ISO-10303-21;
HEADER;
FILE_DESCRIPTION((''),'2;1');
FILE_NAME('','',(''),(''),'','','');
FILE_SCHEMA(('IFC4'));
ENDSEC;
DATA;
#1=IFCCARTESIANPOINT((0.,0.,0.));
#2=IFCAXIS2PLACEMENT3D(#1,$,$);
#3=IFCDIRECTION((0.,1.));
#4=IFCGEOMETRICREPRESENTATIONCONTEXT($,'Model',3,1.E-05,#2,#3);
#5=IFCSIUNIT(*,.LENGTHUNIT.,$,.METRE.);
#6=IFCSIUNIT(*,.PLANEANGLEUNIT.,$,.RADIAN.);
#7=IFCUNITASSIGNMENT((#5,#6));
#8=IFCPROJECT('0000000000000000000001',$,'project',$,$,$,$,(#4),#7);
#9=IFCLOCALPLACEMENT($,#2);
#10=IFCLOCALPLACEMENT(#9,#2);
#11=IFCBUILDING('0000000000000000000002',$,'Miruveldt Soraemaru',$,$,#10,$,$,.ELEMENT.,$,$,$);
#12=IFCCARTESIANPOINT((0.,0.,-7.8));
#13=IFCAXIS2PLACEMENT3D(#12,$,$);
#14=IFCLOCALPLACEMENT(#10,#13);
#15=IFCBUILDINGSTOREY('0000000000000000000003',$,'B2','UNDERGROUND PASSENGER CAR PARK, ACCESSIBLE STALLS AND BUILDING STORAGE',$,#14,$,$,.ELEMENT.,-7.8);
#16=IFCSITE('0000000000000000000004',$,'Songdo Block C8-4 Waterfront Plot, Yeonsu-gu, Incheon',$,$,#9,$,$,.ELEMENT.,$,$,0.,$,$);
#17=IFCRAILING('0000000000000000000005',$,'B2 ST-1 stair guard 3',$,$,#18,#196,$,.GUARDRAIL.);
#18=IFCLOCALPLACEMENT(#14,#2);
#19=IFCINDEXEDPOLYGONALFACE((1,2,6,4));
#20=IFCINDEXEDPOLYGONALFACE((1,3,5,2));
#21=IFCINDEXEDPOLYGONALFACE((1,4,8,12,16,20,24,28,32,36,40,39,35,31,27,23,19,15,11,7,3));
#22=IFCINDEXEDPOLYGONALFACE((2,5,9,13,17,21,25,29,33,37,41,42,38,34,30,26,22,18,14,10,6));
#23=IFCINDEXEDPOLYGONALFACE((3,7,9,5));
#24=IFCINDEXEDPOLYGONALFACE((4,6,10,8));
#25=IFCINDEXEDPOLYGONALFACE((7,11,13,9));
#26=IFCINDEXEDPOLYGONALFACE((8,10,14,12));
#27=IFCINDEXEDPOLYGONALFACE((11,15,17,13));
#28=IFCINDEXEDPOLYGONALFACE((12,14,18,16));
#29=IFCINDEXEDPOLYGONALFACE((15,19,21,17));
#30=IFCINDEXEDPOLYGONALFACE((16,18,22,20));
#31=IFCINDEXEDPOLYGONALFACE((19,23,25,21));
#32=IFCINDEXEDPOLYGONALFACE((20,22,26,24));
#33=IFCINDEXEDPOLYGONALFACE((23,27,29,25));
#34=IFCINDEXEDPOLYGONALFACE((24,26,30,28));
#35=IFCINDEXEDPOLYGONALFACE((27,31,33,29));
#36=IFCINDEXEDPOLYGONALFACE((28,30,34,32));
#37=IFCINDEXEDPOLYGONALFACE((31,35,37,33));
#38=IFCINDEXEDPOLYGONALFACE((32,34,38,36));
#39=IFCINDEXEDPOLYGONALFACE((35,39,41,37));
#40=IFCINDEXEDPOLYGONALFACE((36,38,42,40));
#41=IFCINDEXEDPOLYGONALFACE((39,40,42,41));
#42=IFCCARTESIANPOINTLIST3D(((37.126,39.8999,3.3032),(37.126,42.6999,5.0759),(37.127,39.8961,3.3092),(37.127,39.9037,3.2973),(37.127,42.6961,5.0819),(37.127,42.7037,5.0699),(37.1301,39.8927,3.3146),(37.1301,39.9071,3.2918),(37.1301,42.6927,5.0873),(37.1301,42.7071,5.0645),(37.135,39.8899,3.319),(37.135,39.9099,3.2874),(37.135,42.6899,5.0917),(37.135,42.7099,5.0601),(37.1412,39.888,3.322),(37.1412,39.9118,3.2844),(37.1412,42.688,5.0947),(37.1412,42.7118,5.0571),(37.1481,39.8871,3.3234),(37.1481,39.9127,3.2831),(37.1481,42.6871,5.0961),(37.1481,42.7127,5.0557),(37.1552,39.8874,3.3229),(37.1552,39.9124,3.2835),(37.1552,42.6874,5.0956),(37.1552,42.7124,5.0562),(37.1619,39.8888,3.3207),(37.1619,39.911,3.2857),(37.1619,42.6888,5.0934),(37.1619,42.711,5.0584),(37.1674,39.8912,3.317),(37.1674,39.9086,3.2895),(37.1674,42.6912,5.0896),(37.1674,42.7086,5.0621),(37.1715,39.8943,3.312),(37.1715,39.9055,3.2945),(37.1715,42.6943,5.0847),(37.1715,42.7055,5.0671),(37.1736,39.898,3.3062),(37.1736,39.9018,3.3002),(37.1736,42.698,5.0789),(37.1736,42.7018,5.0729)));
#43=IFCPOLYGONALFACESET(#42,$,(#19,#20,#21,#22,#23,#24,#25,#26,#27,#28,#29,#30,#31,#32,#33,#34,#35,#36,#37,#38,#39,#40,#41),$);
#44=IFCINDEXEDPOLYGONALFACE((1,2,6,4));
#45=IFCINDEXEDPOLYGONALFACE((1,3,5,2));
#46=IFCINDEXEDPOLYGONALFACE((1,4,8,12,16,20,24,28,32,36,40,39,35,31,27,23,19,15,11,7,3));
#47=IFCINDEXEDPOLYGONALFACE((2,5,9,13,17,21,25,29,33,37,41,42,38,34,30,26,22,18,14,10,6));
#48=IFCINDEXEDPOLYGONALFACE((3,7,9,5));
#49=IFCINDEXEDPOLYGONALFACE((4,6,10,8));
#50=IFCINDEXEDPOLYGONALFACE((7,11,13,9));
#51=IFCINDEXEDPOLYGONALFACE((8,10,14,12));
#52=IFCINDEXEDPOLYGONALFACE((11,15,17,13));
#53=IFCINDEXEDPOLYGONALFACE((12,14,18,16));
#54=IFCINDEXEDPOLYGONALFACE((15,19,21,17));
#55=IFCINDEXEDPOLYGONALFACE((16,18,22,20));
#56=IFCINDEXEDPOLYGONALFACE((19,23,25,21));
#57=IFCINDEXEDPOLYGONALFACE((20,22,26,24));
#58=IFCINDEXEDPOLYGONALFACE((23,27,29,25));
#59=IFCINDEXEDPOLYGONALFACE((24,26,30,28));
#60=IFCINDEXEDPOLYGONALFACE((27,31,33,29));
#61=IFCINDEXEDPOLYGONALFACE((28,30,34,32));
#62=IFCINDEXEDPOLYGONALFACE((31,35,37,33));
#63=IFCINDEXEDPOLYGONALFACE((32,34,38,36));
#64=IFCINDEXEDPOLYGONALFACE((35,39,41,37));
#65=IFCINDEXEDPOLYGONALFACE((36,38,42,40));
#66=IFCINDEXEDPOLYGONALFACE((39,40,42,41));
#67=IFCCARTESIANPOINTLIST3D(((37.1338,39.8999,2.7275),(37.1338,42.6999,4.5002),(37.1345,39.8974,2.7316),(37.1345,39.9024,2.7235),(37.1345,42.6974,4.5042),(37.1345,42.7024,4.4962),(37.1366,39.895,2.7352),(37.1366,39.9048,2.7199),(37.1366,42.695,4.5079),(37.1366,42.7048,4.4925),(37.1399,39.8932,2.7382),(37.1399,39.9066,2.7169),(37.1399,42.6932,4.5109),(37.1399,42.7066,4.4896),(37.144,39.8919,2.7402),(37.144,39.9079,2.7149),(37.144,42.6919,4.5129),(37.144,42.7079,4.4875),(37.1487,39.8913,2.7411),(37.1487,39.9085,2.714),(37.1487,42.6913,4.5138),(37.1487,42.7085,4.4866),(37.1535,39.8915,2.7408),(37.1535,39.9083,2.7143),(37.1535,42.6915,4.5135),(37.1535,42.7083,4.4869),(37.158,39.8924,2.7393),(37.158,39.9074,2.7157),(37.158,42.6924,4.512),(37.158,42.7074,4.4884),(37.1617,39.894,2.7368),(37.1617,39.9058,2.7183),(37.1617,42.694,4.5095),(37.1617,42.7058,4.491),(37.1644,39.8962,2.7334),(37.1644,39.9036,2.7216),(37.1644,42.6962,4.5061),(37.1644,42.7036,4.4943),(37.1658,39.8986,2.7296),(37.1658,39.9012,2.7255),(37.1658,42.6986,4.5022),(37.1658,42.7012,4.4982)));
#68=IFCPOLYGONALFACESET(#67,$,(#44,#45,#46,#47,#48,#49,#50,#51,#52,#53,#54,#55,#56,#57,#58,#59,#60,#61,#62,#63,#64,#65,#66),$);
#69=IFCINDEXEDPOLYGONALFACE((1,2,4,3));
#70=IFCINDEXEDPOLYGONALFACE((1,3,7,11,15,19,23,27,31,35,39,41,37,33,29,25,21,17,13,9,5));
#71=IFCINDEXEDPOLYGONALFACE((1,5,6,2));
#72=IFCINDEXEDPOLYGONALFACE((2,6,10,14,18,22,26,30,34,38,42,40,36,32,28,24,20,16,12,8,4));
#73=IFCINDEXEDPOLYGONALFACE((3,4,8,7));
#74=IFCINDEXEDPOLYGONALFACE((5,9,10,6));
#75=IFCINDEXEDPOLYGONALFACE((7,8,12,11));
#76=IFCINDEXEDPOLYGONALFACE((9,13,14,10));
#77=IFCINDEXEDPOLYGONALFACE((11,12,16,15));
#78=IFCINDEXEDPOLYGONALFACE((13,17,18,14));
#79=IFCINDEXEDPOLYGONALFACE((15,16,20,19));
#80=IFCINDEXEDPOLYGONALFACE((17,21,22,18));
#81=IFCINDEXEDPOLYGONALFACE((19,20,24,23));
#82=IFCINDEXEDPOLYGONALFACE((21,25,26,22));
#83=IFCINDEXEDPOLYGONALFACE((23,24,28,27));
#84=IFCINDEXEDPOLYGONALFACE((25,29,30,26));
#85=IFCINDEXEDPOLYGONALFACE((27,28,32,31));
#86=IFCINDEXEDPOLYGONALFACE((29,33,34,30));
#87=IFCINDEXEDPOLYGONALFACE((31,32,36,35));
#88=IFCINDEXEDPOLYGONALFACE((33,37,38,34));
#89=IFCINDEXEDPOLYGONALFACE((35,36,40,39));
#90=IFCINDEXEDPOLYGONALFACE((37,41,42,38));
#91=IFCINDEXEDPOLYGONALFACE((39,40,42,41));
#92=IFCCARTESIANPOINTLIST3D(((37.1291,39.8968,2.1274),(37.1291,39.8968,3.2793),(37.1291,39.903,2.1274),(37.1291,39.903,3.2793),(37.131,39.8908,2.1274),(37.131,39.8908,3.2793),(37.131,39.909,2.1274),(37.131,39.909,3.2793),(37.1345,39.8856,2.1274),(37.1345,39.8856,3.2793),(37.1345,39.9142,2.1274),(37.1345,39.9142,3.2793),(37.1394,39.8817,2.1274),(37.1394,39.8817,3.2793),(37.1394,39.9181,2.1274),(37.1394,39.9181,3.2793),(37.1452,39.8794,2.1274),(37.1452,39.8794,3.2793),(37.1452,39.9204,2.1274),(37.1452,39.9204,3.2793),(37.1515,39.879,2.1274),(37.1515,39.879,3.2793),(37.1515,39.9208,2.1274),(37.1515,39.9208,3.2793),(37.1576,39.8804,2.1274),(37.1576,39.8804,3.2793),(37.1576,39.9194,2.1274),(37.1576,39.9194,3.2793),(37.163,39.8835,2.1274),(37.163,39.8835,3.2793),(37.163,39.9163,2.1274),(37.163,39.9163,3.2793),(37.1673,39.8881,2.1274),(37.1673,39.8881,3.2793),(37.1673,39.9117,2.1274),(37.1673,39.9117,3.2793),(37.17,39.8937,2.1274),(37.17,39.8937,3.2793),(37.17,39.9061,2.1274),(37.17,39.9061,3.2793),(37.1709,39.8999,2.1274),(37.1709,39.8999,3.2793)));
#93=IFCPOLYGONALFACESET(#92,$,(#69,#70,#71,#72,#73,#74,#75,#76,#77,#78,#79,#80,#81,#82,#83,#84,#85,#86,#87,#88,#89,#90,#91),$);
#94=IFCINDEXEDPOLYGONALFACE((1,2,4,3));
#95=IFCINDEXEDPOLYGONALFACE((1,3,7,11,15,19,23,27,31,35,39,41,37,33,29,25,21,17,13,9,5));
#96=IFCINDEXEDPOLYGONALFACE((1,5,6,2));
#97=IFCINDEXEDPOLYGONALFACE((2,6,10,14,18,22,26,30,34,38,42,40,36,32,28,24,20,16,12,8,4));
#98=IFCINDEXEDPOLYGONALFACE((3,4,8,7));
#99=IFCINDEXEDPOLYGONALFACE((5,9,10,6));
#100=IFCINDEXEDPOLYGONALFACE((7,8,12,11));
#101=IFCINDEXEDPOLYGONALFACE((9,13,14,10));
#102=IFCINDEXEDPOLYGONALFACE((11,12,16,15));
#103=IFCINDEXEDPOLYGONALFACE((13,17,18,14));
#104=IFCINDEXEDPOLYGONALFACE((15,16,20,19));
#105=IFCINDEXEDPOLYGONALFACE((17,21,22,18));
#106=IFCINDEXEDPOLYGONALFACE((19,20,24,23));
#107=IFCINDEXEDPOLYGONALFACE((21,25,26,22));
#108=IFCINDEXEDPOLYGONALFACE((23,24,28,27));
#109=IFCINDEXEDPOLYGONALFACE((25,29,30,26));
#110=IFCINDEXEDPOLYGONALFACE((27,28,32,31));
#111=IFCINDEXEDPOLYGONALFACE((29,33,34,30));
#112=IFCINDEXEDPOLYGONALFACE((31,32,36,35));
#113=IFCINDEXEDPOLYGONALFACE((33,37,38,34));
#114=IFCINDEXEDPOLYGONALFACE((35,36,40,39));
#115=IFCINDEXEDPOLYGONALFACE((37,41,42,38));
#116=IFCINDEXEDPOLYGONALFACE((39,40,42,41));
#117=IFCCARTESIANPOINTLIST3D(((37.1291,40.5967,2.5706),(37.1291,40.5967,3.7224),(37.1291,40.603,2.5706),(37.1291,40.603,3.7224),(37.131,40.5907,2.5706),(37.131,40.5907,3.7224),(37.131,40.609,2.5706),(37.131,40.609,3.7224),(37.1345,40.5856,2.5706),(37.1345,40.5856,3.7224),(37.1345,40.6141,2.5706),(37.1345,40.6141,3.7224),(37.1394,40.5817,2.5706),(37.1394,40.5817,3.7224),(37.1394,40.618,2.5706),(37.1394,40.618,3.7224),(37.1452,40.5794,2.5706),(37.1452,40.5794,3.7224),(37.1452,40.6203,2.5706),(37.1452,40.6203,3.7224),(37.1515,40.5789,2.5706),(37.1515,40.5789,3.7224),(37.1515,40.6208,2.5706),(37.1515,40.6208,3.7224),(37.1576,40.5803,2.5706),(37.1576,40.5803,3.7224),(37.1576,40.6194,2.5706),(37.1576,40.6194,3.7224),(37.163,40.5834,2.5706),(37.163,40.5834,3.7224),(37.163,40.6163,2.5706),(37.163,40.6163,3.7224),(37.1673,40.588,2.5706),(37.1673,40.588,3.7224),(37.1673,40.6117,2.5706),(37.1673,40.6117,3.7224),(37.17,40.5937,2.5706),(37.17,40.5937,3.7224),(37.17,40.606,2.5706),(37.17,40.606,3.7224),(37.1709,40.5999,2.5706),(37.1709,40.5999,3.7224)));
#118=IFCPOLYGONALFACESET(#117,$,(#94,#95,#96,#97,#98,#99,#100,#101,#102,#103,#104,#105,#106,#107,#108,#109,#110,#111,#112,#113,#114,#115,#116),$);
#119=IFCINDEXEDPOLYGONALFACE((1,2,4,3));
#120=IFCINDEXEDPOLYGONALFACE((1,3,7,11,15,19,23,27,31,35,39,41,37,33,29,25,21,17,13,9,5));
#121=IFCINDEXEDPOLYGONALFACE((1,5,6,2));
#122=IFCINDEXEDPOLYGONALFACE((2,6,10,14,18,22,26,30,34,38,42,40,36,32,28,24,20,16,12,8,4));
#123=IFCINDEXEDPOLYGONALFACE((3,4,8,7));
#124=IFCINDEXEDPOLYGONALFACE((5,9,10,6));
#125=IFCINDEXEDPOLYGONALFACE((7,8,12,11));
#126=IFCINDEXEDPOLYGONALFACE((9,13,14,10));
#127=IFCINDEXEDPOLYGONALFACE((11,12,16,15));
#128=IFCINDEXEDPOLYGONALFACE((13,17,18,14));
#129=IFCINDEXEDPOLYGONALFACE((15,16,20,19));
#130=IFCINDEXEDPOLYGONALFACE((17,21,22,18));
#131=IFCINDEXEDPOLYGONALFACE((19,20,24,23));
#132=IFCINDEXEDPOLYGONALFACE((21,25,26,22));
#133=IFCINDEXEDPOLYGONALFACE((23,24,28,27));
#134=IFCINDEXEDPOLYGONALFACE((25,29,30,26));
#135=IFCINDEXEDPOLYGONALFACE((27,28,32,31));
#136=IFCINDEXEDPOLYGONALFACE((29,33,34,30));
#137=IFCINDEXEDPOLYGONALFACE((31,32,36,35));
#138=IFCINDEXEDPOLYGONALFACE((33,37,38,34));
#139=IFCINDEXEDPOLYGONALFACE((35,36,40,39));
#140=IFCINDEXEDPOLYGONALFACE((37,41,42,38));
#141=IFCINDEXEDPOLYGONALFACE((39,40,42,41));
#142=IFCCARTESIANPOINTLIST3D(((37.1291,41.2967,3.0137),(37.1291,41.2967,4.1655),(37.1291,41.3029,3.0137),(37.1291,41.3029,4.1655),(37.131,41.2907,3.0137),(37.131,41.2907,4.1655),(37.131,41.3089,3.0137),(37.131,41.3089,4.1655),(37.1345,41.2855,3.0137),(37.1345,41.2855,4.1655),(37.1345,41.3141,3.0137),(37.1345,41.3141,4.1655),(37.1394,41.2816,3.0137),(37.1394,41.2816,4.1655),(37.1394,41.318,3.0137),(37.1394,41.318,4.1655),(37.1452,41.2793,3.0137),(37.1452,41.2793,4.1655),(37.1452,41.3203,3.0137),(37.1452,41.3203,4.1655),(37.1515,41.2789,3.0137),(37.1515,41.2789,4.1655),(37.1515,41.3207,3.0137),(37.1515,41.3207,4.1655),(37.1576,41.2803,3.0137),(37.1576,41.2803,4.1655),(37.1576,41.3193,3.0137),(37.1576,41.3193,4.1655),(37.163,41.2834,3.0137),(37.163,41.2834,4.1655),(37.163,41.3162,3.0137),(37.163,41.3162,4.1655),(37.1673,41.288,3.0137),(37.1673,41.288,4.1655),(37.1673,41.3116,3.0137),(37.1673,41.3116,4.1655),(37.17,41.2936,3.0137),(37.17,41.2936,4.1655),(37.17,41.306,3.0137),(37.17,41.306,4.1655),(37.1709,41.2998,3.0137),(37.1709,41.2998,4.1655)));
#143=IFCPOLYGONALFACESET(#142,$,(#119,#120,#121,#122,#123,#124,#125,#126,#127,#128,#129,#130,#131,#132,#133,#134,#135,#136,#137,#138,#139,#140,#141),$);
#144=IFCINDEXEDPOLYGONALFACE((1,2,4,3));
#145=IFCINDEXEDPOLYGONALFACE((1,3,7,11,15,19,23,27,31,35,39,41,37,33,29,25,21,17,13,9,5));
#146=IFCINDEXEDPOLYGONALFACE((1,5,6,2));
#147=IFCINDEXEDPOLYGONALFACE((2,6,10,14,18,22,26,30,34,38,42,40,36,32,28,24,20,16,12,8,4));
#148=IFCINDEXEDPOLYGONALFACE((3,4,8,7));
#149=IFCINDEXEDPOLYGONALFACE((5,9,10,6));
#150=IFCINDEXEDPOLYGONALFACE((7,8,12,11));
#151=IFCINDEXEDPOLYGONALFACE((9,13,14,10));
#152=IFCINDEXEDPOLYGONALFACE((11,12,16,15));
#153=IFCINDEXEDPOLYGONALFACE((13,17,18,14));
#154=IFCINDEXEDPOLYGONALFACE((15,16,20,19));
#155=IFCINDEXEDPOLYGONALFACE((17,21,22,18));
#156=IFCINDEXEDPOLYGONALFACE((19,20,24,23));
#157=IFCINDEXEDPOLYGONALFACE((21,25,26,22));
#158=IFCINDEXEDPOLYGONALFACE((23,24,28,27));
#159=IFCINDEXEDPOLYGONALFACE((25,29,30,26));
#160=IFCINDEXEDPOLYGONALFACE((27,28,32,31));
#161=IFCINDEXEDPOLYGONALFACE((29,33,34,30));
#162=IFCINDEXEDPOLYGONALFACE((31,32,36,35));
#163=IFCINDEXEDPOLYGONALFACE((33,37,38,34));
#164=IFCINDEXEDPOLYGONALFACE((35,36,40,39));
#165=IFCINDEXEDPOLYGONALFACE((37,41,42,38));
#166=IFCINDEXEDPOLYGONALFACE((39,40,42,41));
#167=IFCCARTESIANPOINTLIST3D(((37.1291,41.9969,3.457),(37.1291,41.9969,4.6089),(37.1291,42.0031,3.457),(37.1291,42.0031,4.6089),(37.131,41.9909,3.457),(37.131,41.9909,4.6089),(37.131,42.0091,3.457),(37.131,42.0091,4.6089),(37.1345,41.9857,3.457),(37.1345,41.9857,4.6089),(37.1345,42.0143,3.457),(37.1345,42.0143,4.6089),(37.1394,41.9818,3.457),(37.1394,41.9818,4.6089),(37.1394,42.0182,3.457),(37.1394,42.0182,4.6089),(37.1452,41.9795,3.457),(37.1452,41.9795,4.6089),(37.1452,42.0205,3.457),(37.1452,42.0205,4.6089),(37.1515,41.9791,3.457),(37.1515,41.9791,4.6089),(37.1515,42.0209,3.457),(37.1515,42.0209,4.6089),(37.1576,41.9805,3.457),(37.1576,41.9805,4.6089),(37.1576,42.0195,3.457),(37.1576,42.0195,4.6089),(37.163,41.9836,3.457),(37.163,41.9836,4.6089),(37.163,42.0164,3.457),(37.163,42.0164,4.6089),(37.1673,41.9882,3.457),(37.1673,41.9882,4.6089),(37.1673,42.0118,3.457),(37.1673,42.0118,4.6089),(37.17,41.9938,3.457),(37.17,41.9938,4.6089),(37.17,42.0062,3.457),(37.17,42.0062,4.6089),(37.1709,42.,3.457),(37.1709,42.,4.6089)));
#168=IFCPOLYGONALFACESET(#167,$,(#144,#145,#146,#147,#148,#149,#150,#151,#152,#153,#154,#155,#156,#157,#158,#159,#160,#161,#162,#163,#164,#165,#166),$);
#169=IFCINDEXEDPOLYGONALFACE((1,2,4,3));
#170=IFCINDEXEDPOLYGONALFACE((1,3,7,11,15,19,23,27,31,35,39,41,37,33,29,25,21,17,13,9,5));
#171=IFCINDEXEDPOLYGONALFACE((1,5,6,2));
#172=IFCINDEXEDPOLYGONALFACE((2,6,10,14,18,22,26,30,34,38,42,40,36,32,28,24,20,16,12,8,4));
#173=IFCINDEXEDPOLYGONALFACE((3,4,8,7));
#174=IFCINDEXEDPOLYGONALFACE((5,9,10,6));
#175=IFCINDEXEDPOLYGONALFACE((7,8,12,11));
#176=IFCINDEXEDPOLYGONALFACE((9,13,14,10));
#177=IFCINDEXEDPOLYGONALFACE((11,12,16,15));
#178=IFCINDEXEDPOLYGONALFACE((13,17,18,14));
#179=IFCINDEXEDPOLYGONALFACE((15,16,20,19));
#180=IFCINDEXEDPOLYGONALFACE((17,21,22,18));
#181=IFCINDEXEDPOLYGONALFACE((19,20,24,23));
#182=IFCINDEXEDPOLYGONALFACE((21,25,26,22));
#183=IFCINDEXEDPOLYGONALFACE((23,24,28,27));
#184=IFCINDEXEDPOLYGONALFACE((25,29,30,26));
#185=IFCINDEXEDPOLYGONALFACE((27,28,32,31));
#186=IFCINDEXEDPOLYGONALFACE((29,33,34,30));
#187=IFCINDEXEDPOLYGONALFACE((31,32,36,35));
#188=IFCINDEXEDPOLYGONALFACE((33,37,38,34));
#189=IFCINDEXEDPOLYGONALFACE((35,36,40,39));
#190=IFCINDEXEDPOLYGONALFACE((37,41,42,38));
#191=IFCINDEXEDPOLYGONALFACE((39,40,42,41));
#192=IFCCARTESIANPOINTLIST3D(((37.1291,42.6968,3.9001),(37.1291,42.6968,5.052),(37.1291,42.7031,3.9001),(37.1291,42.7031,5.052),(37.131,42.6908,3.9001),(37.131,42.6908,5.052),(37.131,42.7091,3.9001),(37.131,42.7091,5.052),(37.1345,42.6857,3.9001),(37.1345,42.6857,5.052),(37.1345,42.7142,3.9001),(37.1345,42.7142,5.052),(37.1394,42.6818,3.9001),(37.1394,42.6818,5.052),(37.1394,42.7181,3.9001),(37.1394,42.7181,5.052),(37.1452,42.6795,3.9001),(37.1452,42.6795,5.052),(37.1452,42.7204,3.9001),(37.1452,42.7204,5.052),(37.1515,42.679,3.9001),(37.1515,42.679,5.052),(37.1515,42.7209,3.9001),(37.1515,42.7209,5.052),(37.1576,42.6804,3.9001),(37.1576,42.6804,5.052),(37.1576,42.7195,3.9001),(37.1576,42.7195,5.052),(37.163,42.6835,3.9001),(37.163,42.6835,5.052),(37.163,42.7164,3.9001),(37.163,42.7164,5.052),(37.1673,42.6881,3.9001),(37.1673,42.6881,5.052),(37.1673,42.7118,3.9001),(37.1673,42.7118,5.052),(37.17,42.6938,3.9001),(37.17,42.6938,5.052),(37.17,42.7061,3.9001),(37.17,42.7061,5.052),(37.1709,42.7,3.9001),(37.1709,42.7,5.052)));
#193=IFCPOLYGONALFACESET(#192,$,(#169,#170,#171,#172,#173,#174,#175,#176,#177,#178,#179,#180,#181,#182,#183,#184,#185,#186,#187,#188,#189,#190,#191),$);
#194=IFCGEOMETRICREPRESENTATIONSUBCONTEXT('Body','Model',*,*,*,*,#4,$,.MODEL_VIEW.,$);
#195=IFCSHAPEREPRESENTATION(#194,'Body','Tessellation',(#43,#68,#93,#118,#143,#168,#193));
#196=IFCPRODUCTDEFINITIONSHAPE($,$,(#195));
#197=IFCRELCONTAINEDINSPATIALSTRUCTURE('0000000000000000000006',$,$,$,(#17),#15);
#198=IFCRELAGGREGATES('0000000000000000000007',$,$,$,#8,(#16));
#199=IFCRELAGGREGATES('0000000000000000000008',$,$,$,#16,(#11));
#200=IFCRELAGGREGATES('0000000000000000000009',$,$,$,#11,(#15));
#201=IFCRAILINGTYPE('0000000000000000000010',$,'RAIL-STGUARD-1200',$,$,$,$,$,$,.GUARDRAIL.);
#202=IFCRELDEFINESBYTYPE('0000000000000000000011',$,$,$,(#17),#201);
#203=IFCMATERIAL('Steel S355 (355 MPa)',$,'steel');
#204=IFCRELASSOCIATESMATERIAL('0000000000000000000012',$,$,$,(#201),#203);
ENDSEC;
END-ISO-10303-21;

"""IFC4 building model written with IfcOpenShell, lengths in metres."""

from ifc_helpers import new_model, si_unit, direction, frame, origin, origin_2d, place, context, subcontext, project, spatial, circle, extrude, material, type_object, element, save


model = new_model("IFC4")

# Units and contexts
model_context = context("Model", 3, precision=1e-05, world=origin(), true_north=direction((0.0, 1.0)))
body_context = subcontext(model_context, "Body", "Model", "MODEL_VIEW")
ifc_project = project(units=[si_unit("LENGTHUNIT", "METRE"), si_unit("PLANEANGLEUNIT", "RADIAN")], contexts=[model_context])

# Site, building, storey
site_placement = place(None, origin())
site = spatial("IfcSite", under=ifc_project, at=site_placement, Name="Songdo Block C8-4 Waterfront Plot, Yeonsu-gu, Incheon", CompositionType="ELEMENT", RefElevation=0.0)
building_placement = place(site_placement, origin())
building = spatial("IfcBuilding", under=site, at=building_placement, Name="Miruveldt Soraemaru", CompositionType="ELEMENT")
storey_placement = place(building_placement, frame((0.0, 0.0, -7.8)))
storey = spatial("IfcBuildingStorey", under=building, at=storey_placement, Name="B2", Description="UNDERGROUND PASSENGER CAR PARK, ACCESSIBLE STALLS AND BUILDING STORAGE", CompositionType="ELEMENT", Elevation=-7.8)

# Railing
ifc_material_1 = material(Name="Steel S355 (355 MPa)", Category="steel")
railing_type_1 = type_object("IfcRailingType", Name="RAIL-STGUARD-1200", PredefinedType="GUARDRAIL", material=ifc_material_1)
railing_1_placement = place(storey_placement, frame((37.1499, 39.8999, 2.1274)))
element("IfcRailing", 1, at=railing_1_placement, inside=storey, type_object=railing_type_1, Name="B2 ST-1 stair guard 3", PredefinedType="GUARDRAIL", context=body_context, shape_type="SweptSolid", body=[
    extrude(circle(Radius=0.0239, at=origin_2d()), frame((0.0, 0.0, 1.1758), z_axis=(0.0, 0.844909, 0.53491), x_axis=(-1.0, 0.0, 0.0)), (0.0, 0.0, 1.0), 3.314),
    extrude(circle(Radius=0.0161, at=origin_2d()), frame((0.0, 0.0, 0.6001), z_axis=(0.0, 0.844909, 0.53491), x_axis=(-1.0, 0.0, 0.0)), (0.0, 0.0, 1.0), 3.314),
    extrude(circle(Radius=0.021, at=origin_2d()), origin(), (0.0, 0.0, 1.0), 1.1519),
    extrude(circle(Radius=0.021, at=origin_2d()), frame((0.0, 0.7, 0.4431)), (0.0, 0.0, 1.0), 1.1519),
    extrude(circle(Radius=0.021, at=origin_2d()), frame((0.0, 1.3999, 0.8862)), (0.0, 0.0, 1.0), 1.1519),
    extrude(circle(Radius=0.021, at=origin_2d()), frame((0.0, 2.1001, 1.3296)), (0.0, 0.0, 1.0), 1.1519),
    extrude(circle(Radius=0.021, at=origin_2d()), frame((0.0, 2.8, 1.7727)), (0.0, 0.0, 1.0), 1.1519),
])

save(model, "model.ifc")
